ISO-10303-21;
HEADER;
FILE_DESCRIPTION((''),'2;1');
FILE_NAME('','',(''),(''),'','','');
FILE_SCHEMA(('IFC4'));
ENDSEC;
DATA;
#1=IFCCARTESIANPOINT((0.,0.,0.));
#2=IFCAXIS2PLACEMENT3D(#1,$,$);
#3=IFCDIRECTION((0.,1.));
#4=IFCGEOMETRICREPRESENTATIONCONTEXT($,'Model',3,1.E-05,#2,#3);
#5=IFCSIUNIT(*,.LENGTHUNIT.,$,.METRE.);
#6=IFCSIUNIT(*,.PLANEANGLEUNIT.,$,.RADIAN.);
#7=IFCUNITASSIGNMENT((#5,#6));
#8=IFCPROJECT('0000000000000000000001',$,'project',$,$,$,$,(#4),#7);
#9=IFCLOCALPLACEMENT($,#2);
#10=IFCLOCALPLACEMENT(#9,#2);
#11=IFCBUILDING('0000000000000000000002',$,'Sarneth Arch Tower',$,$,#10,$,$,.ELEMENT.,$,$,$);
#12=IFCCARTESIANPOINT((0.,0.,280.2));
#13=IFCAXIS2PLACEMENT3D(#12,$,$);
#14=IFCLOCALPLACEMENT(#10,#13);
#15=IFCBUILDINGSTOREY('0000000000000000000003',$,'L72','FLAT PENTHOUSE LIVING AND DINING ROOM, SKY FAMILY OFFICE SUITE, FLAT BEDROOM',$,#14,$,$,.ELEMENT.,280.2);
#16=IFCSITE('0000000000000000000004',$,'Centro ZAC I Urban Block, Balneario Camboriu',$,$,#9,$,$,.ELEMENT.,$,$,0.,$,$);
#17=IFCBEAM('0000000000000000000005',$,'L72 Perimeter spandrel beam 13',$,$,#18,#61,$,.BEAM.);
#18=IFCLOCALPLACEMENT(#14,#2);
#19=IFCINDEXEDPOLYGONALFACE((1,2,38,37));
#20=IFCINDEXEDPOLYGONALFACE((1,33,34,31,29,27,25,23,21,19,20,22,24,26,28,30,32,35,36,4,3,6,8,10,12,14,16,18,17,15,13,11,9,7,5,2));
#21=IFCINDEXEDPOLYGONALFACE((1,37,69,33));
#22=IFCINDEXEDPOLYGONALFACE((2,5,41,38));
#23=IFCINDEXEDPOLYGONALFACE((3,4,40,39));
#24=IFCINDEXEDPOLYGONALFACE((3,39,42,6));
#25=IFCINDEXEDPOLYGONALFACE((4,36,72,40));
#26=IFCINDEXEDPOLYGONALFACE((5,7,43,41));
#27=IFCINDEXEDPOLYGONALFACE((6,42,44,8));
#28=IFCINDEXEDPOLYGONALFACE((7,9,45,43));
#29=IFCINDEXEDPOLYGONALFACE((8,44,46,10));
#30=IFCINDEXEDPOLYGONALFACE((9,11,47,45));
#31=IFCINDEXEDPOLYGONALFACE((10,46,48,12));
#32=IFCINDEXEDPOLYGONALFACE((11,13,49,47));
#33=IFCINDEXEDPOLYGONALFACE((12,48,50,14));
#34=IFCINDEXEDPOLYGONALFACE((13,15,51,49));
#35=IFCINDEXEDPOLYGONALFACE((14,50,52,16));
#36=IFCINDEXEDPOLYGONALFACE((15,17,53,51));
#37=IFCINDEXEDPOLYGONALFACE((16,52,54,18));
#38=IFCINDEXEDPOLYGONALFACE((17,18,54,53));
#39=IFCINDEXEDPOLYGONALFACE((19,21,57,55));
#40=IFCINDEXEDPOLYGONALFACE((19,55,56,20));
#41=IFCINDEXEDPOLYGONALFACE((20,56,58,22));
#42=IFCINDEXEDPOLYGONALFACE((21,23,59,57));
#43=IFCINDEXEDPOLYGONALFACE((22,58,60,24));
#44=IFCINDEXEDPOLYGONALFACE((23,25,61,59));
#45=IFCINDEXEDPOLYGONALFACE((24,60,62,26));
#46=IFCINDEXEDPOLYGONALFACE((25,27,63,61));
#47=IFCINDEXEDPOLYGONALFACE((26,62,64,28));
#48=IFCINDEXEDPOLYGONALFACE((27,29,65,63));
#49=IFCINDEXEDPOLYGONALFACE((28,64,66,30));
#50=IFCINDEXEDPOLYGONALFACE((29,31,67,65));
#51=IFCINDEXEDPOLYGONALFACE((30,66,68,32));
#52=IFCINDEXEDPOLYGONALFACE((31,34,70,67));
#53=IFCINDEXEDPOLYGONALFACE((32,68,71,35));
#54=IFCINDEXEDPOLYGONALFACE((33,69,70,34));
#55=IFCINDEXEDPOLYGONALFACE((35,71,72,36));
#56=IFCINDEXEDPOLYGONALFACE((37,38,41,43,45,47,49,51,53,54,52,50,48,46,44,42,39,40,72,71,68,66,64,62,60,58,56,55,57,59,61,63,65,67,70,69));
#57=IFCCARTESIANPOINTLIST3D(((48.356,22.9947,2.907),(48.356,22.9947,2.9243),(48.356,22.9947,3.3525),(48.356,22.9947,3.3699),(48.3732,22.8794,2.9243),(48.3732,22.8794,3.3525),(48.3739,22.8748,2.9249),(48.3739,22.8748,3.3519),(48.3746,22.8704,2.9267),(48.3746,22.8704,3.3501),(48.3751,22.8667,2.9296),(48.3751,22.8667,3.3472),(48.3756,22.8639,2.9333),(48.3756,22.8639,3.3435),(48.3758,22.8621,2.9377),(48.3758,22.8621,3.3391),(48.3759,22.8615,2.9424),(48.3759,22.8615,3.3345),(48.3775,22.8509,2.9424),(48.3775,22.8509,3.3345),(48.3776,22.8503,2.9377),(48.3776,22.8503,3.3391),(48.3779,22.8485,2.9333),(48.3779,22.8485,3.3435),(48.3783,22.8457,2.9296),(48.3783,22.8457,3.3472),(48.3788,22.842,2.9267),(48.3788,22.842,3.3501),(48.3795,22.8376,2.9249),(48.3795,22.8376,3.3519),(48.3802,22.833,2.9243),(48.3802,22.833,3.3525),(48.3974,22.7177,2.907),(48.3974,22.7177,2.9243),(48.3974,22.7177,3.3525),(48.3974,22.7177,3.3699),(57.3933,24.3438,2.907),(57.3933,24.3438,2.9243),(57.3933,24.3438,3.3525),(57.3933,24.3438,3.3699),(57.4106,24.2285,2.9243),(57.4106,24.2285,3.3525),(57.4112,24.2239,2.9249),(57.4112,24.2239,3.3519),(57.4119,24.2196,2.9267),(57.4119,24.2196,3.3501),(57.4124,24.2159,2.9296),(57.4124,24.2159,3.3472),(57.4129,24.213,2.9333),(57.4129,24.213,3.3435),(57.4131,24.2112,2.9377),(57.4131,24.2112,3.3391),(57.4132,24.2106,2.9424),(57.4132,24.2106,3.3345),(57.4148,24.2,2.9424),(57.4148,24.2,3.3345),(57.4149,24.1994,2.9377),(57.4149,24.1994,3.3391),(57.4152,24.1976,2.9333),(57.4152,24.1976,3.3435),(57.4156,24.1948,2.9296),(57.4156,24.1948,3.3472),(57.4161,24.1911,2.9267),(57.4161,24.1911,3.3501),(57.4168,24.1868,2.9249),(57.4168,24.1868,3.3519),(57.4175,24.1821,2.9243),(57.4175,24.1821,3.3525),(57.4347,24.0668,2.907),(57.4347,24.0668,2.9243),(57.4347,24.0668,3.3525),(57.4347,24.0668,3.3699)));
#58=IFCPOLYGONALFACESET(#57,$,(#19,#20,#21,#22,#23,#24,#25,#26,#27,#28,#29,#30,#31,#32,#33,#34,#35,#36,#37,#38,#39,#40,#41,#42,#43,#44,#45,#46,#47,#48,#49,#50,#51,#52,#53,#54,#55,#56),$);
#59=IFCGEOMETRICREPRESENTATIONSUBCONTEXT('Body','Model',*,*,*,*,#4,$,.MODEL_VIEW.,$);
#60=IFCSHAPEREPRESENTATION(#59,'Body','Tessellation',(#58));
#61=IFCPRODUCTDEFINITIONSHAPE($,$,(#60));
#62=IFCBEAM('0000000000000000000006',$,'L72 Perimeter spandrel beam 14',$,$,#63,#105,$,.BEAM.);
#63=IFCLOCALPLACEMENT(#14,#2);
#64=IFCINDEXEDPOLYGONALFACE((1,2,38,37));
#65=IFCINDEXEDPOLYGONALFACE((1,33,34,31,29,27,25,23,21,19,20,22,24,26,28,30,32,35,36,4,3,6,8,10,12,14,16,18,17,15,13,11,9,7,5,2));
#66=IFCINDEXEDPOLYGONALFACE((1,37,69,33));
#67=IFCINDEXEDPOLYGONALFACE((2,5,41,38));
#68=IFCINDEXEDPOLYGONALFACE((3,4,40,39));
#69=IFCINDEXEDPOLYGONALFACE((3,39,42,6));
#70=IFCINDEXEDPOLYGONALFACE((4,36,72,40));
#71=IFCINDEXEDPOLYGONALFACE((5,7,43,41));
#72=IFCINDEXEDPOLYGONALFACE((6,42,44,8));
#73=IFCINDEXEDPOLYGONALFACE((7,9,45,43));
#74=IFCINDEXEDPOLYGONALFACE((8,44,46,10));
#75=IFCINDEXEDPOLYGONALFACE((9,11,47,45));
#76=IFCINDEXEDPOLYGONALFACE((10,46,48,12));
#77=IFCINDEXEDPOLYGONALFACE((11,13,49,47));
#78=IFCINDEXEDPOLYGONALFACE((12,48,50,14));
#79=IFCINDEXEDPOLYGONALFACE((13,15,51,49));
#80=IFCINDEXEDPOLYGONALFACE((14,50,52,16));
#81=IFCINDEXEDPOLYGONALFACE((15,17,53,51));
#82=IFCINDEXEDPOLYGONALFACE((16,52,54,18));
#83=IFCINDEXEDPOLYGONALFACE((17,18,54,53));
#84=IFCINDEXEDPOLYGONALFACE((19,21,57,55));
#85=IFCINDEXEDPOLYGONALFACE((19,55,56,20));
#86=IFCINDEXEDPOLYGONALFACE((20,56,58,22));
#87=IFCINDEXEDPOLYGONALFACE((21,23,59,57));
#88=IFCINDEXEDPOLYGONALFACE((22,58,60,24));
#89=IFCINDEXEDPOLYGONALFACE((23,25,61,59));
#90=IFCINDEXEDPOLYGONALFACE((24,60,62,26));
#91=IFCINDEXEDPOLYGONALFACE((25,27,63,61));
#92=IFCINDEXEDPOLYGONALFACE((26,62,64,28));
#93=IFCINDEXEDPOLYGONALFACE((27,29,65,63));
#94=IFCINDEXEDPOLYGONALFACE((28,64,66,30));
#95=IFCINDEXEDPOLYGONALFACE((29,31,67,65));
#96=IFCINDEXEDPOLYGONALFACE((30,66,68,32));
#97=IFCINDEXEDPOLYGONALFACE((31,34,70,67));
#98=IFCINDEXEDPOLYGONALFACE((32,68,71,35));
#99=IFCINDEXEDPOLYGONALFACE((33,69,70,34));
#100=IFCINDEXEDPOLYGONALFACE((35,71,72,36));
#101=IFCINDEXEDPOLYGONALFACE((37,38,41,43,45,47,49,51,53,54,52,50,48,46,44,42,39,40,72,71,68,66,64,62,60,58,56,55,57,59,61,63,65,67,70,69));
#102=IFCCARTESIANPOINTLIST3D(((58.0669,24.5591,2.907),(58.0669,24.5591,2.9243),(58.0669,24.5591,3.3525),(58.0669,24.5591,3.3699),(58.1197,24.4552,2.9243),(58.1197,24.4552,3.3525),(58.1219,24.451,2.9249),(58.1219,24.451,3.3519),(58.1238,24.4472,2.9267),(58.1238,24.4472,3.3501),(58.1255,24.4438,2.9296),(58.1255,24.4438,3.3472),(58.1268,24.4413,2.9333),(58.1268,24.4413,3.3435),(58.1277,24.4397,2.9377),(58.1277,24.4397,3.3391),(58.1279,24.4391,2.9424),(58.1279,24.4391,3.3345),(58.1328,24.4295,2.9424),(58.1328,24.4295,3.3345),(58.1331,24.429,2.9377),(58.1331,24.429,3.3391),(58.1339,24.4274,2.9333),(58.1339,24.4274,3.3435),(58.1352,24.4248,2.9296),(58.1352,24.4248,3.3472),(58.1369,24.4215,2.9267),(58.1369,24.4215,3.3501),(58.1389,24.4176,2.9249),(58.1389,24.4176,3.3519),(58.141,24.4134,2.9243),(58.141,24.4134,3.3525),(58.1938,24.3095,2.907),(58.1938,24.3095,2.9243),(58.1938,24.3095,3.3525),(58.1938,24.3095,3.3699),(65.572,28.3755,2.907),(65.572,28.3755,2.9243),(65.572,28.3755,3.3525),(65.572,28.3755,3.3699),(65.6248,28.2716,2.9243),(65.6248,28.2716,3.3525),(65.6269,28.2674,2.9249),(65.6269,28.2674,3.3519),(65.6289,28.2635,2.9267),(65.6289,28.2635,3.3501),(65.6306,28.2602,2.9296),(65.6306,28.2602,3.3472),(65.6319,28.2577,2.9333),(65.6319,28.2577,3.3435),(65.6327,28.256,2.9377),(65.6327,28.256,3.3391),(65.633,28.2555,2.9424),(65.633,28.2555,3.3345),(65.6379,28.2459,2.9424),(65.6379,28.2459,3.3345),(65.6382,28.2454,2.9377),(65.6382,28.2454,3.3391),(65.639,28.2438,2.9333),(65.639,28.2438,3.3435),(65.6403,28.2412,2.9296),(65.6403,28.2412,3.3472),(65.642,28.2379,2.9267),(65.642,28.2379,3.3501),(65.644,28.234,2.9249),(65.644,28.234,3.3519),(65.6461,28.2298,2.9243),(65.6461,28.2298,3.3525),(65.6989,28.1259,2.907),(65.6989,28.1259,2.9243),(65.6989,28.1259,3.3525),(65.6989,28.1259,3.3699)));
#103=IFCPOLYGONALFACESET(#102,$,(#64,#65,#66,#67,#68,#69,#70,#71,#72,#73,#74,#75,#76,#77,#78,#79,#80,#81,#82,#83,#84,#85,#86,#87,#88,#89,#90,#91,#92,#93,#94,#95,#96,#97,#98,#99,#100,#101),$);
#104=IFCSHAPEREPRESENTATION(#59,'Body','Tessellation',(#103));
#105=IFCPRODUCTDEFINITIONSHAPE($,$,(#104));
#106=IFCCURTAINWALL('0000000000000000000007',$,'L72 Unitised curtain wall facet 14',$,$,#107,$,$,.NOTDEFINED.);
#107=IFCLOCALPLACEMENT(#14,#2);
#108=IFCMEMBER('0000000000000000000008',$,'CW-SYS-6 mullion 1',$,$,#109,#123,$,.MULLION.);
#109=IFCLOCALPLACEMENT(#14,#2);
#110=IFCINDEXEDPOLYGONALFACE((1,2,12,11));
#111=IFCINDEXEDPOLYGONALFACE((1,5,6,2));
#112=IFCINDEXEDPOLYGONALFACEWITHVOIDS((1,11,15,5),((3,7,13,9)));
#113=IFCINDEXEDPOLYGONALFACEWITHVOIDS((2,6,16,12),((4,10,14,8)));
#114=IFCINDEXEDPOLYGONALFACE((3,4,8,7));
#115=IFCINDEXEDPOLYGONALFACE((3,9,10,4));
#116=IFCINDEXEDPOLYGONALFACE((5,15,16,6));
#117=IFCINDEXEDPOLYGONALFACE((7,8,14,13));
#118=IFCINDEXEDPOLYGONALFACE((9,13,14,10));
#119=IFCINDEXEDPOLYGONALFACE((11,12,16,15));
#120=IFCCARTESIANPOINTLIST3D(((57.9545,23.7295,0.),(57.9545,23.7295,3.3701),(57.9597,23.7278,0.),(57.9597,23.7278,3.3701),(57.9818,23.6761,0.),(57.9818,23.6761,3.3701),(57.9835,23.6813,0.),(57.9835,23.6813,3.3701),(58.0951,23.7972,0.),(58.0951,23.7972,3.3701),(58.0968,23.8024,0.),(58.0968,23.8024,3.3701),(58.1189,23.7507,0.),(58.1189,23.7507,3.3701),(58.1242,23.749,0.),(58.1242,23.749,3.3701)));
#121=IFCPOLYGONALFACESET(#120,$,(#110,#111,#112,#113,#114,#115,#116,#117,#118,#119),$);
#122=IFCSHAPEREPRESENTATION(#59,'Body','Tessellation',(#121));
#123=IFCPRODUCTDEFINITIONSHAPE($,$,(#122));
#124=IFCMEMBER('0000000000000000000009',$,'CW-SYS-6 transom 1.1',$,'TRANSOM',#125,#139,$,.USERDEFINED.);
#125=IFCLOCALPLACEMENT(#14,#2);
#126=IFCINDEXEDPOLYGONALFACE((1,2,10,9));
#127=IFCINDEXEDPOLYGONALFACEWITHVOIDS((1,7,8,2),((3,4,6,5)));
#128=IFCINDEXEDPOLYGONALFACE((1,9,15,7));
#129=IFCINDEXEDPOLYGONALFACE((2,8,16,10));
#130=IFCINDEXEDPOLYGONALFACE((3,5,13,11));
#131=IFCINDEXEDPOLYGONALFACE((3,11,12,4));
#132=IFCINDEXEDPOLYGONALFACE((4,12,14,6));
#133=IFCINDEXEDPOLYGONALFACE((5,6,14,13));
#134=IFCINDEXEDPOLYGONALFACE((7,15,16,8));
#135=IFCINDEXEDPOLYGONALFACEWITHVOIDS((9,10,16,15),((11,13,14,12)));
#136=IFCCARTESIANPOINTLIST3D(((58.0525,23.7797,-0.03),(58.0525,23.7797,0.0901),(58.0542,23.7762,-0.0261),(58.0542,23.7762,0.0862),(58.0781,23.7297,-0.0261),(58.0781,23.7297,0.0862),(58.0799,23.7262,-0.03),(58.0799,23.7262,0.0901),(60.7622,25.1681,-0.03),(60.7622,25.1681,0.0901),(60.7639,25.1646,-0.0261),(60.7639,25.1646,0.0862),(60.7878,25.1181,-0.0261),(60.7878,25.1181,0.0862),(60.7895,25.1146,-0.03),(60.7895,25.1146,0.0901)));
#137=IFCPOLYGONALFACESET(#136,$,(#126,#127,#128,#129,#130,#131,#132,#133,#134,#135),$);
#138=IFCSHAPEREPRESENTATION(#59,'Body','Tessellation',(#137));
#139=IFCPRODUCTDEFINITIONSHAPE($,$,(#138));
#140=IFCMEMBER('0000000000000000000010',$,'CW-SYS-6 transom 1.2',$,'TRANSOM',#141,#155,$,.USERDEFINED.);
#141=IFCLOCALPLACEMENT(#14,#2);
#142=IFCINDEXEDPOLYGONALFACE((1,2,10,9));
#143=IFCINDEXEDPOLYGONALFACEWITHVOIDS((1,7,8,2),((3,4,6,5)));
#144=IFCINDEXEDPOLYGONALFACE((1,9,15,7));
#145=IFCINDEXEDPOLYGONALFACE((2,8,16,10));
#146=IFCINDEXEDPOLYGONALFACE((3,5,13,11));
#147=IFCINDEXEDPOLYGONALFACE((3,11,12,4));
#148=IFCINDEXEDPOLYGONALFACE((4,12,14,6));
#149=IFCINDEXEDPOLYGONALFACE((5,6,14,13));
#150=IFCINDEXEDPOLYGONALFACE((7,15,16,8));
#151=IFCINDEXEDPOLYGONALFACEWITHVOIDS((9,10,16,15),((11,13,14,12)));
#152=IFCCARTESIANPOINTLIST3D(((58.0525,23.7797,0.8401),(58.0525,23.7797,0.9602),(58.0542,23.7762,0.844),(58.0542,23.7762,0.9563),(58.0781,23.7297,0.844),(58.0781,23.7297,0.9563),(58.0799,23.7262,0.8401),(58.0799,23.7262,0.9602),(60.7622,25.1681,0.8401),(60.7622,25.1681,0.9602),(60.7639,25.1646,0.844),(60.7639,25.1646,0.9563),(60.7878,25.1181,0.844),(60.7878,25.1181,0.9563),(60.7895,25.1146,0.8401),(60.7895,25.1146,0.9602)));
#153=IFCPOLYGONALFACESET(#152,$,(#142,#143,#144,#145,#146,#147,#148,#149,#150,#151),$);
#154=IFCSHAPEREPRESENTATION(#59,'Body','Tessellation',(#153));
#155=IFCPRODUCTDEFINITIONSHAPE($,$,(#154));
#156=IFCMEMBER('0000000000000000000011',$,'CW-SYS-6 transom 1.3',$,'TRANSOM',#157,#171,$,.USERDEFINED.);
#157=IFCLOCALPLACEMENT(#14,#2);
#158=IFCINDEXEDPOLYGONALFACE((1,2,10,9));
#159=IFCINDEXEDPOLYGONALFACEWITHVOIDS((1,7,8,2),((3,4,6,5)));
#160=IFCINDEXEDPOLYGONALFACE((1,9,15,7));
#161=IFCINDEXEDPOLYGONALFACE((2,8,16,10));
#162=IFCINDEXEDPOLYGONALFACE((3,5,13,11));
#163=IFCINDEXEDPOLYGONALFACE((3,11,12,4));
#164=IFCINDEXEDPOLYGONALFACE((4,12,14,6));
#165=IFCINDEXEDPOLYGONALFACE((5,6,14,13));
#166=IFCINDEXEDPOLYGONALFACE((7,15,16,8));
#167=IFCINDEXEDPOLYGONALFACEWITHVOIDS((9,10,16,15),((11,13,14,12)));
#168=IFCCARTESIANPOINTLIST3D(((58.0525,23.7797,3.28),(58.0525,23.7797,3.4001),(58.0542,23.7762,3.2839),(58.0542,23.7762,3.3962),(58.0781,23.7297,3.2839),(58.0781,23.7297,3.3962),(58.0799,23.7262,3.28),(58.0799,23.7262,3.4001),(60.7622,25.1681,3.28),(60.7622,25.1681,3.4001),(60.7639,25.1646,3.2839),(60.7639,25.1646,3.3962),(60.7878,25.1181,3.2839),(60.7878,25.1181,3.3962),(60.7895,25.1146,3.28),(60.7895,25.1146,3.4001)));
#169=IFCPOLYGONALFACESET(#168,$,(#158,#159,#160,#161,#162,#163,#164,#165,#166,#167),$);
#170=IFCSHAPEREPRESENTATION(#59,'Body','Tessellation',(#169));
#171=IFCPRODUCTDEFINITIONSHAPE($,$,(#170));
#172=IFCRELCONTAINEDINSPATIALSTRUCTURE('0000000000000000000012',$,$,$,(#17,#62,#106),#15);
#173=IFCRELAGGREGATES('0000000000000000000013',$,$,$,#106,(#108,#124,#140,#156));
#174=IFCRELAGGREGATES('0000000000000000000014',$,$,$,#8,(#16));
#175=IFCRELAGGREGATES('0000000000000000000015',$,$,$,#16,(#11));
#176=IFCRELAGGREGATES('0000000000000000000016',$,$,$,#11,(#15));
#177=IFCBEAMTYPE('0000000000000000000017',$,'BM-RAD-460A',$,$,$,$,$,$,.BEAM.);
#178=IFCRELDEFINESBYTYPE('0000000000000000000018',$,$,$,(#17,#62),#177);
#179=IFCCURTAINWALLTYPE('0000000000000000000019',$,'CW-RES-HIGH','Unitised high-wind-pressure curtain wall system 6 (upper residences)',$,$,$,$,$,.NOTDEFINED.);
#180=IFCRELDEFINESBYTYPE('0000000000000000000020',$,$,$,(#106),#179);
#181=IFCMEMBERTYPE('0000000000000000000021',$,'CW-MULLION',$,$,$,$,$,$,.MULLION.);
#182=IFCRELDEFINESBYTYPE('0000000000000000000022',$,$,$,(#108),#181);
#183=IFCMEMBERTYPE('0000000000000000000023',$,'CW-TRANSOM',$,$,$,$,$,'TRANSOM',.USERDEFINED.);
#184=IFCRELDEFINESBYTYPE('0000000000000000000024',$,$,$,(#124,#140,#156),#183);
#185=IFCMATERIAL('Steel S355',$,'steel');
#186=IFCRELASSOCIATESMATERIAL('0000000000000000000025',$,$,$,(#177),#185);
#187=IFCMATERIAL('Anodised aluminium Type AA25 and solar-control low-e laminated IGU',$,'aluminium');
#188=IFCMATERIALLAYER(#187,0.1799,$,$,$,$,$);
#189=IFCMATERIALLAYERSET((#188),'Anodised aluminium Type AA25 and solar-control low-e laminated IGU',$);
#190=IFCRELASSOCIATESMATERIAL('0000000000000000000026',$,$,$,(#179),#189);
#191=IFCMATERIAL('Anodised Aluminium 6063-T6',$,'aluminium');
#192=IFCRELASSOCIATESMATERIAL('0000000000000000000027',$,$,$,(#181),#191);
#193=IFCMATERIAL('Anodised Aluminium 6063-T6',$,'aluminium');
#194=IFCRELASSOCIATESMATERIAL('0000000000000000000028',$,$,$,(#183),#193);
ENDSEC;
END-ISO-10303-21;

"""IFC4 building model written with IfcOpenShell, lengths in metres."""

from ifc_helpers import new_model, si_unit, direction, frame, origin, origin_2d, place, context, subcontext, project, spatial, hollow_rectangle, i_section, extrude, material, layer, layer_set, material_profile, profile_set, type_object, element, aggregate, save


model = new_model("IFC4")

# Units and contexts
model_context = context("Model", 3, precision=1e-05, world=origin(), true_north=direction((0.0, 1.0)))
body_context = subcontext(model_context, "Body", "Model", "MODEL_VIEW")
ifc_project = project(units=[si_unit("LENGTHUNIT", "METRE"), si_unit("PLANEANGLEUNIT", "RADIAN")], contexts=[model_context])

# Site, building, storey
site_placement = place(None, origin())
site = spatial("IfcSite", under=ifc_project, at=site_placement, Name="Centro ZAC I Urban Block, Balneario Camboriu", CompositionType="ELEMENT", RefElevation=0.0)
building_placement = place(site_placement, origin())
building = spatial("IfcBuilding", under=site, at=building_placement, Name="Sarneth Arch Tower", CompositionType="ELEMENT")
storey_placement = place(building_placement, frame((0.0, 0.0, 280.2)))
storey = spatial("IfcBuildingStorey", under=building, at=storey_placement, Name="L72", Description="FLAT PENTHOUSE LIVING AND DINING ROOM, SKY FAMILY OFFICE SUITE, FLAT BEDROOM", CompositionType="ELEMENT", Elevation=280.2)

# Beams
ifc_material_1 = material(Name="Steel S355", Category="steel")
ifc_material_profile_1 = material_profile(ifc_material_1, i_section(OverallWidth=0.28, OverallDepth=0.4629, WebThickness=0.0107, FlangeThickness=0.0173, FilletRadius=0.0181, at=origin_2d()), Name="W460x113")
ifc_profile_set_1 = profile_set([ifc_material_profile_1], Name="Steel S355")
beam_type_1 = type_object("IfcBeamType", Name="BM-RAD-460A", PredefinedType="BEAM", material=ifc_profile_set_1)
beam_1_placement = place(storey_placement, frame((48.3767, 22.8562, 3.1384), z_axis=(0.98904, 0.147647, 0.0), x_axis=(-0.147647, 0.98904, 0.0)))
element("IfcBeam", 1, at=beam_1_placement, inside=storey, type_object=beam_type_1, Name="L72 Perimeter spandrel beam 13", PredefinedType="BEAM", context=body_context, shape_type="SweptSolid", body=[
    extrude(i_section(OverallWidth=0.28, OverallDepth=0.4629, WebThickness=0.0107, FlangeThickness=0.0173, FilletRadius=0.0181, at=origin_2d()), origin(), (0.0, 0.0, 1.0), 9.1375),
])
beam_2_placement = place(storey_placement, frame((58.1304, 24.4343, 3.1384), z_axis=(0.891374, 0.453269, 0.0), x_axis=(-0.453269, 0.891374, 0.0)))
element("IfcBeam", 2, at=beam_2_placement, inside=storey, type_object=beam_type_1, Name="L72 Perimeter spandrel beam 14", PredefinedType="BEAM", context=body_context, shape_type="SweptSolid", body=[
    extrude(i_section(OverallWidth=0.28, OverallDepth=0.4629, WebThickness=0.0107, FlangeThickness=0.0173, FilletRadius=0.0181, at=origin_2d()), origin(), (0.0, 0.0, 1.0), 8.4197),
])

# Curtain wall, members
ifc_material_2 = material(Name="Anodised aluminium Type AA25 and solar-control low-e laminated IGU", Category="aluminium")
ifc_layer_1 = layer(ifc_material_2, 0.1799)
ifc_layer_set_1 = layer_set([ifc_layer_1], Name="Anodised aluminium Type AA25 and solar-control low-e laminated IGU")
curtain_wall_type = type_object("IfcCurtainWallType", Name="CW-RES-HIGH", Description="Unitised high-wind-pressure curtain wall system 6 (upper residences)", PredefinedType="NOTDEFINED", material=ifc_layer_set_1)
curtain_wall_placement = place(storey_placement, origin())
curtain_wall = element("IfcCurtainWall", 3, at=curtain_wall_placement, inside=storey, type_object=curtain_wall_type, Name="L72 Unitised curtain wall facet 14", PredefinedType="NOTDEFINED")
ifc_material_3 = material(Name="Anodised Aluminium 6063-T6", Category="aluminium")
ifc_material_profile_2 = material_profile(ifc_material_3, hollow_rectangle(XDim=0.0601, YDim=0.1599, WallThickness=0.0039, at=origin_2d()), Name="AL-MULL-160x60x4")
ifc_profile_set_2 = profile_set([ifc_material_profile_2], Name="Anodised Aluminium 6063-T6")
member_type_1 = type_object("IfcMemberType", Name="CW-MULLION", PredefinedType="MULLION", material=ifc_profile_set_2)
member_1_placement = place(storey_placement, frame((58.0393, 23.7393, 0.0), z_axis=(0.0, 0.0, 1.0), x_axis=(-0.455942, 0.89001, 0.0)))
member_1 = element("IfcMember", 4, at=member_1_placement, type_object=member_type_1, Name="CW-SYS-6 mullion 1", PredefinedType="MULLION", context=body_context, shape_type="SweptSolid", body=[
    extrude(hollow_rectangle(XDim=0.0601, YDim=0.1599, WallThickness=0.0039, at=origin_2d()), origin(), (0.0, 0.0, 1.0), 3.3701),
])
ifc_material_4 = material(Name="Anodised Aluminium 6063-T6", Category="aluminium")
ifc_material_profile_3 = material_profile(ifc_material_4, hollow_rectangle(XDim=0.0601, YDim=0.1201, WallThickness=0.0039, at=origin_2d()), Name="AL-TRAN-120x60x4")
ifc_profile_set_3 = profile_set([ifc_material_profile_3], Name="Anodised Aluminium 6063-T6")
member_type_2 = type_object("IfcMemberType", Name="CW-TRANSOM", ElementType="TRANSOM", PredefinedType="USERDEFINED", material=ifc_profile_set_3)
member_2_placement = place(storey_placement, frame((58.0662, 23.7529, 0.03), z_axis=(0.889974, 0.456012, 0.0), x_axis=(-0.456012, 0.889974, 0.0)))
member_2 = element("IfcMember", 5, at=member_2_placement, type_object=member_type_2, Name="CW-SYS-6 transom 1.1", ObjectType="TRANSOM", PredefinedType="USERDEFINED", context=body_context, shape_type="SweptSolid", body=[
    extrude(hollow_rectangle(XDim=0.0601, YDim=0.1201, WallThickness=0.0039, at=origin_2d()), origin(), (0.0, 0.0, 1.0), 3.0447),
])
member_3_placement = place(storey_placement, frame((58.0662, 23.7529, 0.9001), z_axis=(0.889974, 0.456012, 0.0), x_axis=(-0.456012, 0.889974, 0.0)))
member_3 = element("IfcMember", 6, at=member_3_placement, type_object=member_type_2, Name="CW-SYS-6 transom 1.2", ObjectType="TRANSOM", PredefinedType="USERDEFINED", context=body_context, shape_type="SweptSolid", body=[
    extrude(hollow_rectangle(XDim=0.0601, YDim=0.1201, WallThickness=0.0039, at=origin_2d()), origin(), (0.0, 0.0, 1.0), 3.0447),
])
member_4_placement = place(storey_placement, frame((58.0662, 23.7529, 3.3401), z_axis=(0.889974, 0.456012, 0.0), x_axis=(-0.456012, 0.889974, 0.0)))
member_4 = element("IfcMember", 7, at=member_4_placement, type_object=member_type_2, Name="CW-SYS-6 transom 1.3", ObjectType="TRANSOM", PredefinedType="USERDEFINED", context=body_context, shape_type="SweptSolid", body=[
    extrude(hollow_rectangle(XDim=0.0601, YDim=0.1201, WallThickness=0.0039, at=origin_2d()), origin(), (0.0, 0.0, 1.0), 3.0447),
])
aggregate(curtain_wall, [member_1, member_2, member_3, member_4])

save(model, "model.ifc")
